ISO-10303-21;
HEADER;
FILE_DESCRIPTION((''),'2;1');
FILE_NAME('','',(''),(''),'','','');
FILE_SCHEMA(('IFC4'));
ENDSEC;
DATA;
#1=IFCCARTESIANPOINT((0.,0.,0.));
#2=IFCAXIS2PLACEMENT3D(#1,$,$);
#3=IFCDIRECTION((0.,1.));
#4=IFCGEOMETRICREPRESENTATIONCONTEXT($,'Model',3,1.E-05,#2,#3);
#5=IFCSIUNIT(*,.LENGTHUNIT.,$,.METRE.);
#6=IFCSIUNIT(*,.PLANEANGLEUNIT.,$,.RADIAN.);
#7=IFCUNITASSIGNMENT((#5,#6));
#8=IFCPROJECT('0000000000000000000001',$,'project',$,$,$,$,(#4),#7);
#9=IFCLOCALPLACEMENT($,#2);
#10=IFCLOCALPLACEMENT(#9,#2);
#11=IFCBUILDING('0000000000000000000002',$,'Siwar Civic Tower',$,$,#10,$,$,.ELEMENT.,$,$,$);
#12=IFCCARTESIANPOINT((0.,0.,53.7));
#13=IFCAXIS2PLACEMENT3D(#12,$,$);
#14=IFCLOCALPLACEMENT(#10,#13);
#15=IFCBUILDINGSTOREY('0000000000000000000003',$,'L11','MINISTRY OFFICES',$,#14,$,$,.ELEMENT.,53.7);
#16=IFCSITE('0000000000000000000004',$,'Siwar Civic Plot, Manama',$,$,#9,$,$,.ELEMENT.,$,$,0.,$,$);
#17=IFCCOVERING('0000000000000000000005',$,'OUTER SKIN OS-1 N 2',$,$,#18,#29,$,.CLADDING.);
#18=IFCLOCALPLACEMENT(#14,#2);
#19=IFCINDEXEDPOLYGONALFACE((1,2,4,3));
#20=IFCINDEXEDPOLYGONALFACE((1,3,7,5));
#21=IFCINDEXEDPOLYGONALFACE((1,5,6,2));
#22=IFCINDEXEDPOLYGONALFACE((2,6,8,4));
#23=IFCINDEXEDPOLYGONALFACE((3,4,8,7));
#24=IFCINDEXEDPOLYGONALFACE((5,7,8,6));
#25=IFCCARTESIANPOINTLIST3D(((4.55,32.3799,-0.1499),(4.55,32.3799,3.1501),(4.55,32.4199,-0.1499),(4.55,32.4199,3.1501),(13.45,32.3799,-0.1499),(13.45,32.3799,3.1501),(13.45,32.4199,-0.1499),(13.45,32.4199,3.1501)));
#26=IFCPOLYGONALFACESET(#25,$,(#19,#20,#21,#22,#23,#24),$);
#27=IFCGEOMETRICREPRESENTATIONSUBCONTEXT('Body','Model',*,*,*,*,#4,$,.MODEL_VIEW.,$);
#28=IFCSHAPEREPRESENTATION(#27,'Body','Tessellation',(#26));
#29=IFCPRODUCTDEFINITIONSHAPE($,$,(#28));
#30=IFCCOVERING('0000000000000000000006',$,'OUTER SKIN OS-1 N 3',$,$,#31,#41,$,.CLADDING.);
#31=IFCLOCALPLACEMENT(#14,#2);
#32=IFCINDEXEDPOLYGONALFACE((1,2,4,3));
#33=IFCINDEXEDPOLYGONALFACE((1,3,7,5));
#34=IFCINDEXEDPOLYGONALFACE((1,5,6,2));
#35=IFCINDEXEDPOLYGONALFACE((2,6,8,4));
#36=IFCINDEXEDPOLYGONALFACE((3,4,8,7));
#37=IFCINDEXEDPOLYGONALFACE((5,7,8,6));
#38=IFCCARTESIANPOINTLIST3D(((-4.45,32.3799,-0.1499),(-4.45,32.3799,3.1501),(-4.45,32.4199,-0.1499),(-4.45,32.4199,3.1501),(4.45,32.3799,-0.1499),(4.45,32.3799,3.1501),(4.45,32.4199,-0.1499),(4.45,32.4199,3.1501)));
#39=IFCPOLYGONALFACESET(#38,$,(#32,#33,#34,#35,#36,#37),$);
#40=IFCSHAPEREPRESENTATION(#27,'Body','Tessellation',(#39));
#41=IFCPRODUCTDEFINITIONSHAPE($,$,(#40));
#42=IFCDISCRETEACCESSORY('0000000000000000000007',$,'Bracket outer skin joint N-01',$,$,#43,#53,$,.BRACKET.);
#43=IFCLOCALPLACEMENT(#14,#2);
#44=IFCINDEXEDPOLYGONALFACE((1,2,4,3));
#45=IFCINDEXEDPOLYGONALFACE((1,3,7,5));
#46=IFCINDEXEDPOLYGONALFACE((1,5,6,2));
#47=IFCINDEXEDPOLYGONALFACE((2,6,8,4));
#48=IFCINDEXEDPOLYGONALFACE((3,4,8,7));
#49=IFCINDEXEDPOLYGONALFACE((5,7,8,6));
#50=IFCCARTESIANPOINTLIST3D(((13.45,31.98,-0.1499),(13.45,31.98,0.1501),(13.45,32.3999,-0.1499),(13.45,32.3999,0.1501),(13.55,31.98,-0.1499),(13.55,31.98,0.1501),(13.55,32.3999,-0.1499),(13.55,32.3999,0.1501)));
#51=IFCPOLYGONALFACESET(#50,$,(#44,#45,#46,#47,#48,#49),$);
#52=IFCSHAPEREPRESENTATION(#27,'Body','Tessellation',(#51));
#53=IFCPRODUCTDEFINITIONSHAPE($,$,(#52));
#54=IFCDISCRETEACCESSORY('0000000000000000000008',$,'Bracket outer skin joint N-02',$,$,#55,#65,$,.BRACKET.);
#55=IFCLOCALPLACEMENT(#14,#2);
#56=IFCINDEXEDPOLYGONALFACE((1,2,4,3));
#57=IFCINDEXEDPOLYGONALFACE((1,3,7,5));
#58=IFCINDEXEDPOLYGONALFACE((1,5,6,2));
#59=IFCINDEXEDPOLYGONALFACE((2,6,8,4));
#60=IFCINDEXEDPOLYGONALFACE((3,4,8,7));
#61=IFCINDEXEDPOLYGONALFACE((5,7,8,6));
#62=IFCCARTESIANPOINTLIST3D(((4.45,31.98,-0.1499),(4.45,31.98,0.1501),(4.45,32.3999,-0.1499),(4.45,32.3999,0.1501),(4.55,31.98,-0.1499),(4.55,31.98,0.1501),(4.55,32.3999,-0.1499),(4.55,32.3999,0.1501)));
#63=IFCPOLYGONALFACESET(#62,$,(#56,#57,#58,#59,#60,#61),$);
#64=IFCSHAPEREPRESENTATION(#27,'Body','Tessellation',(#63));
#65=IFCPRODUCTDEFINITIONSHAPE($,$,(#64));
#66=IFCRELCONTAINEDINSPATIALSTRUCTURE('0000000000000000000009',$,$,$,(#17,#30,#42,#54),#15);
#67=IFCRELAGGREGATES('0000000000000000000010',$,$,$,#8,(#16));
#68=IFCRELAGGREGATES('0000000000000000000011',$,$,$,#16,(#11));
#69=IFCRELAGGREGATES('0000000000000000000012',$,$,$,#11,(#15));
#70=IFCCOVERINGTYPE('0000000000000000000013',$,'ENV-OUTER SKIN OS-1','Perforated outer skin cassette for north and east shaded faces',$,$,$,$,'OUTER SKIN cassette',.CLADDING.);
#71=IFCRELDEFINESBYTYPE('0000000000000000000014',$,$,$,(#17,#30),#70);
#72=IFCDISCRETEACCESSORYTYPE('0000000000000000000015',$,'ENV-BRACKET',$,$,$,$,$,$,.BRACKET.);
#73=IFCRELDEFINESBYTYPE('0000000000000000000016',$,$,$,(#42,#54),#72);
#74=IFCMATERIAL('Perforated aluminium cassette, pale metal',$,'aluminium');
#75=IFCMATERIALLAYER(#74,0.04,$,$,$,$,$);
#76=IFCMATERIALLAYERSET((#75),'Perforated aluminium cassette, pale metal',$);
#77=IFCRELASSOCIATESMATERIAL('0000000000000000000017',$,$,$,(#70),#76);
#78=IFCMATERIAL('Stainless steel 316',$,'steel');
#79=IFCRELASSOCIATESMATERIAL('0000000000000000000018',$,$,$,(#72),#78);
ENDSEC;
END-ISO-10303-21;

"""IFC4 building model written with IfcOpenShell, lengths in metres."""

from ifc_helpers import new_model, si_unit, direction, frame, origin, origin_2d, place, context, subcontext, project, spatial, rectangle, extrude, material, layer, layer_set, type_object, element, save


model = new_model("IFC4")

# Units and contexts
model_context = context("Model", 3, precision=1e-05, world=origin(), true_north=direction((0.0, 1.0)))
body_context = subcontext(model_context, "Body", "Model", "MODEL_VIEW")
ifc_project = project(units=[si_unit("LENGTHUNIT", "METRE"), si_unit("PLANEANGLEUNIT", "RADIAN")], contexts=[model_context])

# Site, building, storey
site_placement = place(None, origin())
site = spatial("IfcSite", under=ifc_project, at=site_placement, Name="Siwar Civic Plot, Manama", CompositionType="ELEMENT", RefElevation=0.0)
building_placement = place(site_placement, origin())
building = spatial("IfcBuilding", under=site, at=building_placement, Name="Siwar Civic Tower", CompositionType="ELEMENT")
storey_placement = place(building_placement, frame((0.0, 0.0, 53.7)))
storey = spatial("IfcBuildingStorey", under=building, at=storey_placement, Name="L11", Description="MINISTRY OFFICES", CompositionType="ELEMENT", Elevation=53.7)

# Coverings
ifc_material_1 = material(Name="Perforated aluminium cassette, pale metal", Category="aluminium")
ifc_layer_1 = layer(ifc_material_1, 0.04)
ifc_layer_set_1 = layer_set([ifc_layer_1], Name="Perforated aluminium cassette, pale metal")
covering_type = type_object("IfcCoveringType", Name="ENV-OUTER SKIN OS-1", Description="Perforated outer skin cassette for north and east shaded faces", ElementType="OUTER SKIN cassette", PredefinedType="CLADDING", material=ifc_layer_set_1)
for number, where, z_axis, x_axis, name in (
    (1, (9.0, 32.3999, -0.1499), (0.0, 0.0, 1.0), (-1.0, 0.0, 0.0), "OUTER SKIN OS-1 N 2"),
    (2, (0.0, 32.3999, -0.1499), (0.0, 0.0, 1.0), (-1.0, 0.0, 0.0), "OUTER SKIN OS-1 N 3"),
):
    element("IfcCovering", number, at=place(storey_placement, frame(where, z_axis=z_axis, x_axis=x_axis)), inside=storey, type_object=covering_type, Name=name, PredefinedType="CLADDING", context=body_context, shape_type="SweptSolid", body=[
        extrude(rectangle(XDim=8.8999, YDim=0.04, at=origin_2d()), origin(), (0.0, 0.0, 1.0), 3.3),
    ])

# Discrete accessories
ifc_material_2 = material(Name="Stainless steel 316", Category="steel")
discrete_accessory_type = type_object("IfcDiscreteAccessoryType", Name="ENV-BRACKET", PredefinedType="BRACKET", material=ifc_material_2)
for number, where, z_axis, x_axis, name in (
    (3, (13.5, 32.1899, -0.1499), (0.0, 0.0, 1.0), (0.0, 1.0, 0.0), "Bracket outer skin joint N-01"),
    (4, (4.5, 32.1899, -0.1499), (0.0, 0.0, 1.0), (0.0, 1.0, 0.0), "Bracket outer skin joint N-02"),
):
    element("IfcDiscreteAccessory", number, at=place(storey_placement, frame(where, z_axis=z_axis, x_axis=x_axis)), inside=storey, type_object=discrete_accessory_type, Name=name, PredefinedType="BRACKET", context=body_context, shape_type="SweptSolid", body=[
        extrude(rectangle(XDim=0.4199, YDim=0.1001, at=origin_2d()), origin(), (0.0, 0.0, 1.0), 0.3),
    ])

save(model, "model.ifc")
